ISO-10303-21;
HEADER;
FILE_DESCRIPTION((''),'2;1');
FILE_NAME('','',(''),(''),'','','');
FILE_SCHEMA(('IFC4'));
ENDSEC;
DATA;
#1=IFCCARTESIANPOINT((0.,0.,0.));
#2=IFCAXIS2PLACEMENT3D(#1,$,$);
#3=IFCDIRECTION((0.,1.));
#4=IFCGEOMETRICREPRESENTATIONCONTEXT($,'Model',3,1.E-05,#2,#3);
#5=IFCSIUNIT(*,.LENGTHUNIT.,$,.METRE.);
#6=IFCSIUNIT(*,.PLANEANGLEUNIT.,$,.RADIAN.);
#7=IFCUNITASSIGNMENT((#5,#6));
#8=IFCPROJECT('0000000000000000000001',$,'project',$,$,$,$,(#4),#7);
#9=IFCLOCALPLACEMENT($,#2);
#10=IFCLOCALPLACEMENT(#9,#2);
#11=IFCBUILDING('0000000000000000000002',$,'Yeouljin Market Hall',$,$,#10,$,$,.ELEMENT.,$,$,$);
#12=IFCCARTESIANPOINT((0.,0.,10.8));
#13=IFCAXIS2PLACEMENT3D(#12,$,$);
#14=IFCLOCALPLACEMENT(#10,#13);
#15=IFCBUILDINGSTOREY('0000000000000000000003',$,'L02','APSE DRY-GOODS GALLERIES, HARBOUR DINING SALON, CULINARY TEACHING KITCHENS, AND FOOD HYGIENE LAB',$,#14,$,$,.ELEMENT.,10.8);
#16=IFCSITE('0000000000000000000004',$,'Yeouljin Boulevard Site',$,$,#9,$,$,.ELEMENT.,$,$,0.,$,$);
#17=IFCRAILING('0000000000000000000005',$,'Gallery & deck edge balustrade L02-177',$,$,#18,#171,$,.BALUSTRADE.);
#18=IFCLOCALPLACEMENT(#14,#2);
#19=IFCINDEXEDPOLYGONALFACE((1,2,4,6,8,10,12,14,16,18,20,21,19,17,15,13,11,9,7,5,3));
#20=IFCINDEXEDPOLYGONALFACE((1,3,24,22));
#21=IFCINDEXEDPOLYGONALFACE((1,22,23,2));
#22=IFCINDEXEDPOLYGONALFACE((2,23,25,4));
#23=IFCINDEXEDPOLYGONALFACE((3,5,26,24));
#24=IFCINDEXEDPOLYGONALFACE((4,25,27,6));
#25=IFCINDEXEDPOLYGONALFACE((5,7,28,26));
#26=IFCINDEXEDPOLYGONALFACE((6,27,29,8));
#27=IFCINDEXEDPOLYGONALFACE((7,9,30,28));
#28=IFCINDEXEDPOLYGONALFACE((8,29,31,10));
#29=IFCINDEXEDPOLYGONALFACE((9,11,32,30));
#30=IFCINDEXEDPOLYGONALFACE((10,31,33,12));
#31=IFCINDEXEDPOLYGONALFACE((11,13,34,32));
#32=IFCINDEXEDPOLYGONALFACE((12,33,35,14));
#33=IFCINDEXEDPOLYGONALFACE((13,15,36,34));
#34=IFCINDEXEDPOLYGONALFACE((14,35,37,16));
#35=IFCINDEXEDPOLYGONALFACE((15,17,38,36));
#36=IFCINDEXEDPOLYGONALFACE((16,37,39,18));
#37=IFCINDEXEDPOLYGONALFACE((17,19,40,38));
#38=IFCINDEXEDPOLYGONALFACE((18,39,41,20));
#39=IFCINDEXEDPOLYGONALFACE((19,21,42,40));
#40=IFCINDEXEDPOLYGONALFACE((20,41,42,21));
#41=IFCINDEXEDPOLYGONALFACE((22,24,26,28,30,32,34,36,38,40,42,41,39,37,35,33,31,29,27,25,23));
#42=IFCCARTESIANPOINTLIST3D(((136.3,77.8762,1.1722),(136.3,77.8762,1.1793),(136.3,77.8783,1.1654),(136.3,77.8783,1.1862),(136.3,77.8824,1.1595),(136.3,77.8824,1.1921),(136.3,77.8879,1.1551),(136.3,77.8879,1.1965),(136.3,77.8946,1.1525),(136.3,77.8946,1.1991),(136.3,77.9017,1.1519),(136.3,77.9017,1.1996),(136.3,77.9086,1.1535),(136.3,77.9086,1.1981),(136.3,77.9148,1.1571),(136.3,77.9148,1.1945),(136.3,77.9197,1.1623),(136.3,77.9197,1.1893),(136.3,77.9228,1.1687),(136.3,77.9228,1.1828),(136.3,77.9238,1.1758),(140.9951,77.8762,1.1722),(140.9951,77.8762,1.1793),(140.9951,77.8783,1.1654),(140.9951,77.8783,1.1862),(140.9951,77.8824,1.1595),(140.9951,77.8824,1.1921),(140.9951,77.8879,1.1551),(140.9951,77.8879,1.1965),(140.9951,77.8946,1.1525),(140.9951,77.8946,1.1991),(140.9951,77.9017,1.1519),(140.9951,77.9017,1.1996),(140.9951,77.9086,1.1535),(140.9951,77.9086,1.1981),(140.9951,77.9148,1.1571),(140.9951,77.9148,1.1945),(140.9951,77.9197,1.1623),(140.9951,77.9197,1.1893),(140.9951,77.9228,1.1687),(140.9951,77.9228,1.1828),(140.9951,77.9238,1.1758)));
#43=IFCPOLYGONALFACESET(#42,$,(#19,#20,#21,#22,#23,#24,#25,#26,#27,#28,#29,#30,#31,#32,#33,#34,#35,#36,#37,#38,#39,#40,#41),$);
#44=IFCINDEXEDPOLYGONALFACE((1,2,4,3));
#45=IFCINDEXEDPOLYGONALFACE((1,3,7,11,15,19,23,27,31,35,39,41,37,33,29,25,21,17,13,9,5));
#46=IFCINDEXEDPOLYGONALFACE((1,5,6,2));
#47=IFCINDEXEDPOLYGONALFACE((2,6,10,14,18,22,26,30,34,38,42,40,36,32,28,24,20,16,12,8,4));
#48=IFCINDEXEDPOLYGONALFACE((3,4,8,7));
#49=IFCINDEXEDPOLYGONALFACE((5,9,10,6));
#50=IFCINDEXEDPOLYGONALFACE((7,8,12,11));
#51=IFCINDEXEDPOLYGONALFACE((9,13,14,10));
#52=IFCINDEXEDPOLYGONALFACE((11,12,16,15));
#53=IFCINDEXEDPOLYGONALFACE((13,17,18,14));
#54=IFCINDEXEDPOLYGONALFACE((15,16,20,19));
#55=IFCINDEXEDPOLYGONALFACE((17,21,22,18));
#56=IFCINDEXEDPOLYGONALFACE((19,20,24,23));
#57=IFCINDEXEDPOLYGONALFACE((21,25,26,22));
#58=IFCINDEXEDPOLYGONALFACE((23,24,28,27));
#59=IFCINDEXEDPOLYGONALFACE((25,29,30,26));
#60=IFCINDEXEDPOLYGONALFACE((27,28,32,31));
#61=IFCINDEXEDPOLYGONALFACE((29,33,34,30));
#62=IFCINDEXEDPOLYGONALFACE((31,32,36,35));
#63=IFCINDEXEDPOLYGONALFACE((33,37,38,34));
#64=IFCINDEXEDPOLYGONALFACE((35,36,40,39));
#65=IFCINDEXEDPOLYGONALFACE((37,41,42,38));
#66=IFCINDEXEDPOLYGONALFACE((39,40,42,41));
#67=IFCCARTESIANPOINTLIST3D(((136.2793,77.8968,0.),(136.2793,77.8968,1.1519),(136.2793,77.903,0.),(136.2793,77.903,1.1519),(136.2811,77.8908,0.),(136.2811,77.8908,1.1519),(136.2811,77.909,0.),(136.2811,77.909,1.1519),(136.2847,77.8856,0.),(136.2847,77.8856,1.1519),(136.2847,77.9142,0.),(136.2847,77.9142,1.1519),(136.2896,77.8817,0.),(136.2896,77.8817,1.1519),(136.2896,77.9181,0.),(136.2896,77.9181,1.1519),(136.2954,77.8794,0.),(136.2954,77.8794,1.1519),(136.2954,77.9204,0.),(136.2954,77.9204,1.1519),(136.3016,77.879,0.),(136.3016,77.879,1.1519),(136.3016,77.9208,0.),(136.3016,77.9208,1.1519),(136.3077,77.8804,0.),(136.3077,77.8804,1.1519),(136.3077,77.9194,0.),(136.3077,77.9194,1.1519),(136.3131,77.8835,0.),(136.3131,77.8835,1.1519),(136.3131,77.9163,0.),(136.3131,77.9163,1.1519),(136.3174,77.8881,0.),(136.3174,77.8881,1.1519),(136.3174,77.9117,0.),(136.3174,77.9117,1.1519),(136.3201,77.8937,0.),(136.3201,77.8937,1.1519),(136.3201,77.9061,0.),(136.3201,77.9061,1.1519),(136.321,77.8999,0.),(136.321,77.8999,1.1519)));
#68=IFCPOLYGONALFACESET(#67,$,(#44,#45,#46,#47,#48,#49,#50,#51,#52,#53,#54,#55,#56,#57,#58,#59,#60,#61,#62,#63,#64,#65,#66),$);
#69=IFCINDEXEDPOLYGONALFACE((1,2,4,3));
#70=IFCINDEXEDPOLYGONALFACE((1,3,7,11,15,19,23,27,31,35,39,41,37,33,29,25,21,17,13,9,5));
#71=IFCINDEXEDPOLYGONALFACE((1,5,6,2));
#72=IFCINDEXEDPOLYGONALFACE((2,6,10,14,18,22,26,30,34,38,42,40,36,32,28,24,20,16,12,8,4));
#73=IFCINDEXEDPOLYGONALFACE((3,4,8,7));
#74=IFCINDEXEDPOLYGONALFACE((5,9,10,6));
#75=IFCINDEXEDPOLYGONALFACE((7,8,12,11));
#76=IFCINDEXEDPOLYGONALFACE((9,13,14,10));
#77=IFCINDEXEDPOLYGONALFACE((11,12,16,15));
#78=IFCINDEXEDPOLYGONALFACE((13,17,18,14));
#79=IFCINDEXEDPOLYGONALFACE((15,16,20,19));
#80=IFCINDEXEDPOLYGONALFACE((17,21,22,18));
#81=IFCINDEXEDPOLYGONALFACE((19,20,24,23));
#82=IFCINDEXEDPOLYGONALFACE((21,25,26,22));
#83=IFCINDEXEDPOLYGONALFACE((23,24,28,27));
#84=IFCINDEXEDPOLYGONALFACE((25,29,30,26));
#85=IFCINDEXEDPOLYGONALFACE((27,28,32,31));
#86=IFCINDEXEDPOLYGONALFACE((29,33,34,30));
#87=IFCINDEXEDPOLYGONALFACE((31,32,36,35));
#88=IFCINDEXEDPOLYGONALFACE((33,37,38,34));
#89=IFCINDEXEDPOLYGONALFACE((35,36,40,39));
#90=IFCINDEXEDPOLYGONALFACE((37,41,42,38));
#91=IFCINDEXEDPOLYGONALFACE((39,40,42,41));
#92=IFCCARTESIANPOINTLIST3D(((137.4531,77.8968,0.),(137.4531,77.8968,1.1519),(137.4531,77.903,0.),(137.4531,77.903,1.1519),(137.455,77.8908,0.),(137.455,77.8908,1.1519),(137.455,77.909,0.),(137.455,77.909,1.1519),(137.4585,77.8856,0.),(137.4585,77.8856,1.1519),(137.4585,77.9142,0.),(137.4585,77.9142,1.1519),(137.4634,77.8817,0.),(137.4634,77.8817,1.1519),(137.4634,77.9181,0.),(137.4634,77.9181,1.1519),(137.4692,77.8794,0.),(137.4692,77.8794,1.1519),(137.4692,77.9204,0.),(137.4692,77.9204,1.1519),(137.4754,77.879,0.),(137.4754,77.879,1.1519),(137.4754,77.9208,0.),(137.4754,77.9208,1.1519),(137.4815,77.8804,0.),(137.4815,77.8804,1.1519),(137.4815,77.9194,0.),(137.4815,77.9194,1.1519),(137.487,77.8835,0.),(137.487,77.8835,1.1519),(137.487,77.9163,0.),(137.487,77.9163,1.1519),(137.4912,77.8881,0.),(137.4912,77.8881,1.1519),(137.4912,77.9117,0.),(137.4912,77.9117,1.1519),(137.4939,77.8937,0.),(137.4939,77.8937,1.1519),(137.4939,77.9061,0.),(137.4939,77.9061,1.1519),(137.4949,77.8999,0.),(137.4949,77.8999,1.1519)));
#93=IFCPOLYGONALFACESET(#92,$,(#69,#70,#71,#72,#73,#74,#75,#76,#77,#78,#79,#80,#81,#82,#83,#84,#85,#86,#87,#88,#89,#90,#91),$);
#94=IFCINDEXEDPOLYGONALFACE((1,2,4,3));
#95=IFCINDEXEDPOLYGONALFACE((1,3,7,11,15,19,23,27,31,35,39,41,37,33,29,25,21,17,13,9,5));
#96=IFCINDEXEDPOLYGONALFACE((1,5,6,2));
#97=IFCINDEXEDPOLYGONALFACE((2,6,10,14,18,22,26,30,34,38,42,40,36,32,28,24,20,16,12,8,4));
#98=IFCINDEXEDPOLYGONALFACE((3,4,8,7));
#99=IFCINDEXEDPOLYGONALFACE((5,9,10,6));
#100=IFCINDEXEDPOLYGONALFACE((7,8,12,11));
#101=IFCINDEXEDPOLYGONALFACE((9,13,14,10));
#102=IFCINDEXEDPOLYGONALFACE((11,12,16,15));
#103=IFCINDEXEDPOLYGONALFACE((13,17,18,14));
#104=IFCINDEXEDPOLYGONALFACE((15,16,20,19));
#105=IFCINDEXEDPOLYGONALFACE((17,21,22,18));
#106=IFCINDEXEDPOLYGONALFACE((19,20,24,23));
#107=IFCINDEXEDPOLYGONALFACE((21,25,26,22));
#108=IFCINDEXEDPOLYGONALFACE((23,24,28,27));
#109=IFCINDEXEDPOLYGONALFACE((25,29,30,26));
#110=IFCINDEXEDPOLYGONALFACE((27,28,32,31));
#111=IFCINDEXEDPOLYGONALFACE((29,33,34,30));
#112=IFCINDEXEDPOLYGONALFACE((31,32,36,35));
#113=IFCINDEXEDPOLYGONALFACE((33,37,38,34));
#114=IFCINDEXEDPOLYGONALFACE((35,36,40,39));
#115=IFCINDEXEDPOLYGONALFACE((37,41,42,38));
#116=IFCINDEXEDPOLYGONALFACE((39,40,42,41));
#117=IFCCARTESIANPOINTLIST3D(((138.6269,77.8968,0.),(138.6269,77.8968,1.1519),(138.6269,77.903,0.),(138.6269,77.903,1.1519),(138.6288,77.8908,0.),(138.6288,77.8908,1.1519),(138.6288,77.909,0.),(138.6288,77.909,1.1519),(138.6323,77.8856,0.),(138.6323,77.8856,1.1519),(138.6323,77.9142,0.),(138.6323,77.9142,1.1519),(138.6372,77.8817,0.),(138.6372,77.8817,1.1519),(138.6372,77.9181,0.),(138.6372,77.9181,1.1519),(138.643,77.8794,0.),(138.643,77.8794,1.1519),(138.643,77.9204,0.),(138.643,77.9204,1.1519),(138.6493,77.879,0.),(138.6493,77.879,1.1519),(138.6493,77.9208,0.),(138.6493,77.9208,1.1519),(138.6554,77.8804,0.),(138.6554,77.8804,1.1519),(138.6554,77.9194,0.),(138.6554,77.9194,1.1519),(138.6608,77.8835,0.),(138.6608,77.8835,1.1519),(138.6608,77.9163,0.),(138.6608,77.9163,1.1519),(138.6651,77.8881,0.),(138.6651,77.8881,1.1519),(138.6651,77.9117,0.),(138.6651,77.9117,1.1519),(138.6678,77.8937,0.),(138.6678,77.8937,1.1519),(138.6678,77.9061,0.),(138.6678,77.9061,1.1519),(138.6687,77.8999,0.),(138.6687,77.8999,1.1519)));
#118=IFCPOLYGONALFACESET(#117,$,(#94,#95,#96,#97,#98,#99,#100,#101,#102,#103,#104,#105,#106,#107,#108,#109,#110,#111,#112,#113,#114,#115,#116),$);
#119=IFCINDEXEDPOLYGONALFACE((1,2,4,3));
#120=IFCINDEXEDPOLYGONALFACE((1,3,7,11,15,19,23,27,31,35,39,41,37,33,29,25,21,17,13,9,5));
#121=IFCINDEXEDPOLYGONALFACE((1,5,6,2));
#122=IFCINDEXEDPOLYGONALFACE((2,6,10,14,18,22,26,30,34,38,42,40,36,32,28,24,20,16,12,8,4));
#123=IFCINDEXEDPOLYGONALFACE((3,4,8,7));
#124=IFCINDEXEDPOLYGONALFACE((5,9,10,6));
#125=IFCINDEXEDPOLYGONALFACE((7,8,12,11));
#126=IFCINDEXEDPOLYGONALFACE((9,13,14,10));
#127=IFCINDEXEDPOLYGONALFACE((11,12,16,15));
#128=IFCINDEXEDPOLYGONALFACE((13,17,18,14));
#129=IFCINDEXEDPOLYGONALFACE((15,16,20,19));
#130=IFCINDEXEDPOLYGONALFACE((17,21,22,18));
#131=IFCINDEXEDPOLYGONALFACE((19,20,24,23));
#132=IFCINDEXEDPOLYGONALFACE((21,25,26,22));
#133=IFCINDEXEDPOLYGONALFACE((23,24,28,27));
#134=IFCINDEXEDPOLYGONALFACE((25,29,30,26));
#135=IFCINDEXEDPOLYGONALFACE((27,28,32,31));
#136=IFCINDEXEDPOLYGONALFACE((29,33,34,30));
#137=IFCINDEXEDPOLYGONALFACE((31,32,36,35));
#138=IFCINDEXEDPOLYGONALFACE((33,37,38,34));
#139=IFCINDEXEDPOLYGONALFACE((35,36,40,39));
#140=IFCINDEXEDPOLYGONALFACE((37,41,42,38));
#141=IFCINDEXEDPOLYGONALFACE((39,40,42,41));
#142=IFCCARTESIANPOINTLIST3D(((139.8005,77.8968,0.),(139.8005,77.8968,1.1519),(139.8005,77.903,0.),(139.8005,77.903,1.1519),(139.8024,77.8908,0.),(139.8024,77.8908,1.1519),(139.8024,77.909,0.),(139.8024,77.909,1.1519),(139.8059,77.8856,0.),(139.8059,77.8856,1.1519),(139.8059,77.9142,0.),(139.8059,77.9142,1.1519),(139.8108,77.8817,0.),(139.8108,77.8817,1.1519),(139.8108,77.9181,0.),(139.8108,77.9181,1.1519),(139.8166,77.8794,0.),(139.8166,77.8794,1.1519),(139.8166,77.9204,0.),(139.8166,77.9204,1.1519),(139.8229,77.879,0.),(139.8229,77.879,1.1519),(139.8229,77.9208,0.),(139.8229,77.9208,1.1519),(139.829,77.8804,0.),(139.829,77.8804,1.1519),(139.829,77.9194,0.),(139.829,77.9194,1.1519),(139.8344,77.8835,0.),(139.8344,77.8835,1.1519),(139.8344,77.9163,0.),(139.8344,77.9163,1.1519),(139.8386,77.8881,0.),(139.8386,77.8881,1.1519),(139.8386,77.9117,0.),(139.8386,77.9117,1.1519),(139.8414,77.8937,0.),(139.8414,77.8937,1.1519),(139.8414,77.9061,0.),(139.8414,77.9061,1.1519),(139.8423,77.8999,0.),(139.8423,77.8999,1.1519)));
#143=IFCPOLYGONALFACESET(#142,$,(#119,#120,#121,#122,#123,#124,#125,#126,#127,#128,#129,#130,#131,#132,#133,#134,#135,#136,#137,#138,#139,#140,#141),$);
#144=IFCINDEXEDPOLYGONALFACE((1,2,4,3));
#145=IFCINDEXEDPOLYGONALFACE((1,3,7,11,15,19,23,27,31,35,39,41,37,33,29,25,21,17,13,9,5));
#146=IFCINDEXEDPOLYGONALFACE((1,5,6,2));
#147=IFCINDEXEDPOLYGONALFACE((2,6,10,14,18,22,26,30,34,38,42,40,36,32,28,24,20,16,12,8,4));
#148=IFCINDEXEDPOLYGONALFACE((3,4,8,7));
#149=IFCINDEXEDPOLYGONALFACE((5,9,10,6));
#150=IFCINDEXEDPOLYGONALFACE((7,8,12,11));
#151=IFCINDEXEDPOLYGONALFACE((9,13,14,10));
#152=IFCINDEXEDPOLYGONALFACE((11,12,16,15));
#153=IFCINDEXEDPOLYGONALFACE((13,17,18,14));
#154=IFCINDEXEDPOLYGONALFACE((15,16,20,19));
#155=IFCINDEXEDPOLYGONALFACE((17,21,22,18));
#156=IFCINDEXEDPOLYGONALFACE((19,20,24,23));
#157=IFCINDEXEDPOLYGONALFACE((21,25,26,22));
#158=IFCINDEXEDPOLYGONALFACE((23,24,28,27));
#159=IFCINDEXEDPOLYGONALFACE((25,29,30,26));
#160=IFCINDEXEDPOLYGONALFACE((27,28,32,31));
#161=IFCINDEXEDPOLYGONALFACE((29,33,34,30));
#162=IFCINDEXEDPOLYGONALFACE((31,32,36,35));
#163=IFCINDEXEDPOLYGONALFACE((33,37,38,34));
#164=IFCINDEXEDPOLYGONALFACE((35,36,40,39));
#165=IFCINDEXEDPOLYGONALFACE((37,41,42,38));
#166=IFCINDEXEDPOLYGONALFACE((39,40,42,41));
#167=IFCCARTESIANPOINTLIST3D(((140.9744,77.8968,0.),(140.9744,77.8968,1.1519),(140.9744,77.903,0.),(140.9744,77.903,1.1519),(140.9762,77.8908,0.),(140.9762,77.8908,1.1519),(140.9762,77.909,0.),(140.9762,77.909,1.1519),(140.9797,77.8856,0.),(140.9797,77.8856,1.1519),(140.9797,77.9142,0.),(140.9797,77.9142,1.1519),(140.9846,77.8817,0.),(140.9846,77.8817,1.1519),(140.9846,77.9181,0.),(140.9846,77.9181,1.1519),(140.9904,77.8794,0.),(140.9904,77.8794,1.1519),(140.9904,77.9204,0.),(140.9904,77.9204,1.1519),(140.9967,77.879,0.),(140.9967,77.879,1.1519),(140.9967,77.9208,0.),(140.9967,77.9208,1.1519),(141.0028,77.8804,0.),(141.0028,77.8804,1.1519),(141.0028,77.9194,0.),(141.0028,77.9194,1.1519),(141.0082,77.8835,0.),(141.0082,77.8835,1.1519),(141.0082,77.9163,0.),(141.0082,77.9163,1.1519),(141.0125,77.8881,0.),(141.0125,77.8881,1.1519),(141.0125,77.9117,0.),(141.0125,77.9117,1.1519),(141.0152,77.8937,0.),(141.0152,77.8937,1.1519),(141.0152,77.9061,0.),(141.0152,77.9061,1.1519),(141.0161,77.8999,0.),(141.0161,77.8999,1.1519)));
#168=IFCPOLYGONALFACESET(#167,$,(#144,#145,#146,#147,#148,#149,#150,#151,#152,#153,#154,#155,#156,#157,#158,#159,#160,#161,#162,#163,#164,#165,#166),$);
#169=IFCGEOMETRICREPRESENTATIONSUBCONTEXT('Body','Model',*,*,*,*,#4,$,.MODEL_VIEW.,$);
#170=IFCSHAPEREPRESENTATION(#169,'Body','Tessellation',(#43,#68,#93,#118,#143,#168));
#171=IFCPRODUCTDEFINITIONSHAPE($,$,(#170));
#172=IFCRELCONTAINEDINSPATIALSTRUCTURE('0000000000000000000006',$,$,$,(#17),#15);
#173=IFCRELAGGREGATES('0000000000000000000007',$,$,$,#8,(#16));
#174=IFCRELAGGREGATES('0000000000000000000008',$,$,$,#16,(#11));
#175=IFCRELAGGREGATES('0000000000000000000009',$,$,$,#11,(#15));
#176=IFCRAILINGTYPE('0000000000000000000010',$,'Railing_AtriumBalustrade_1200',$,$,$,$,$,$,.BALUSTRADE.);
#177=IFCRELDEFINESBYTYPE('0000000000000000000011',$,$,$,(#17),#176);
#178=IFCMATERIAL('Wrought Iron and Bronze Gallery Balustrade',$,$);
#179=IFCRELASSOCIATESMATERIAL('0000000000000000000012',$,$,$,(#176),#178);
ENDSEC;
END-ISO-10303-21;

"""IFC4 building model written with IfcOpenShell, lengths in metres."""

from ifc_helpers import new_model, si_unit, direction, frame, origin, origin_2d, place, context, subcontext, project, spatial, circle, extrude, material, type_object, element, save


model = new_model("IFC4")

# Units and contexts
model_context = context("Model", 3, precision=1e-05, world=origin(), true_north=direction((0.0, 1.0)))
body_context = subcontext(model_context, "Body", "Model", "MODEL_VIEW")
ifc_project = project(units=[si_unit("LENGTHUNIT", "METRE"), si_unit("PLANEANGLEUNIT", "RADIAN")], contexts=[model_context])

# Site, building, storey
site_placement = place(None, origin())
site = spatial("IfcSite", under=ifc_project, at=site_placement, Name="Yeouljin Boulevard Site", CompositionType="ELEMENT", RefElevation=0.0)
building_placement = place(site_placement, origin())
building = spatial("IfcBuilding", under=site, at=building_placement, Name="Yeouljin Market Hall", CompositionType="ELEMENT")
storey_placement = place(building_placement, frame((0.0, 0.0, 10.8)))
storey = spatial("IfcBuildingStorey", under=building, at=storey_placement, Name="L02", Description="APSE DRY-GOODS GALLERIES, HARBOUR DINING SALON, CULINARY TEACHING KITCHENS, AND FOOD HYGIENE LAB", CompositionType="ELEMENT", Elevation=10.8)

# Railing
ifc_material_1 = material(Name="Wrought Iron and Bronze Gallery Balustrade")
railing_type = type_object("IfcRailingType", Name="Railing_AtriumBalustrade_1200", PredefinedType="BALUSTRADE", material=ifc_material_1)
railing_1_placement = place(storey_placement, frame((136.3, 77.8999, 0.0)))
element("IfcRailing", 1, at=railing_1_placement, inside=storey, type_object=railing_type, Name="Gallery & deck edge balustrade L02-177", PredefinedType="BALUSTRADE", context=body_context, shape_type="SweptSolid", body=[
    extrude(circle(Radius=0.0239, at=origin_2d()), frame((0.0, 0.0, 1.1758), z_axis=(1.0, 0.0, 0.0), x_axis=(0.0, 1.0, 0.0)), (0.0, 0.0, 1.0), 4.6951),
    extrude(circle(Radius=0.021, at=origin_2d()), origin(), (0.0, 0.0, 1.0), 1.1519),
    extrude(circle(Radius=0.021, at=origin_2d()), frame((1.1738, 0.0, 0.0)), (0.0, 0.0, 1.0), 1.1519),
    extrude(circle(Radius=0.021, at=origin_2d()), frame((2.3477, 0.0, 0.0)), (0.0, 0.0, 1.0), 1.1519),
    extrude(circle(Radius=0.021, at=origin_2d()), frame((3.5212, 0.0, 0.0)), (0.0, 0.0, 1.0), 1.1519),
    extrude(circle(Radius=0.021, at=origin_2d()), frame((4.6951, 0.0, 0.0)), (0.0, 0.0, 1.0), 1.1519),
])

save(model, "model.ifc")
